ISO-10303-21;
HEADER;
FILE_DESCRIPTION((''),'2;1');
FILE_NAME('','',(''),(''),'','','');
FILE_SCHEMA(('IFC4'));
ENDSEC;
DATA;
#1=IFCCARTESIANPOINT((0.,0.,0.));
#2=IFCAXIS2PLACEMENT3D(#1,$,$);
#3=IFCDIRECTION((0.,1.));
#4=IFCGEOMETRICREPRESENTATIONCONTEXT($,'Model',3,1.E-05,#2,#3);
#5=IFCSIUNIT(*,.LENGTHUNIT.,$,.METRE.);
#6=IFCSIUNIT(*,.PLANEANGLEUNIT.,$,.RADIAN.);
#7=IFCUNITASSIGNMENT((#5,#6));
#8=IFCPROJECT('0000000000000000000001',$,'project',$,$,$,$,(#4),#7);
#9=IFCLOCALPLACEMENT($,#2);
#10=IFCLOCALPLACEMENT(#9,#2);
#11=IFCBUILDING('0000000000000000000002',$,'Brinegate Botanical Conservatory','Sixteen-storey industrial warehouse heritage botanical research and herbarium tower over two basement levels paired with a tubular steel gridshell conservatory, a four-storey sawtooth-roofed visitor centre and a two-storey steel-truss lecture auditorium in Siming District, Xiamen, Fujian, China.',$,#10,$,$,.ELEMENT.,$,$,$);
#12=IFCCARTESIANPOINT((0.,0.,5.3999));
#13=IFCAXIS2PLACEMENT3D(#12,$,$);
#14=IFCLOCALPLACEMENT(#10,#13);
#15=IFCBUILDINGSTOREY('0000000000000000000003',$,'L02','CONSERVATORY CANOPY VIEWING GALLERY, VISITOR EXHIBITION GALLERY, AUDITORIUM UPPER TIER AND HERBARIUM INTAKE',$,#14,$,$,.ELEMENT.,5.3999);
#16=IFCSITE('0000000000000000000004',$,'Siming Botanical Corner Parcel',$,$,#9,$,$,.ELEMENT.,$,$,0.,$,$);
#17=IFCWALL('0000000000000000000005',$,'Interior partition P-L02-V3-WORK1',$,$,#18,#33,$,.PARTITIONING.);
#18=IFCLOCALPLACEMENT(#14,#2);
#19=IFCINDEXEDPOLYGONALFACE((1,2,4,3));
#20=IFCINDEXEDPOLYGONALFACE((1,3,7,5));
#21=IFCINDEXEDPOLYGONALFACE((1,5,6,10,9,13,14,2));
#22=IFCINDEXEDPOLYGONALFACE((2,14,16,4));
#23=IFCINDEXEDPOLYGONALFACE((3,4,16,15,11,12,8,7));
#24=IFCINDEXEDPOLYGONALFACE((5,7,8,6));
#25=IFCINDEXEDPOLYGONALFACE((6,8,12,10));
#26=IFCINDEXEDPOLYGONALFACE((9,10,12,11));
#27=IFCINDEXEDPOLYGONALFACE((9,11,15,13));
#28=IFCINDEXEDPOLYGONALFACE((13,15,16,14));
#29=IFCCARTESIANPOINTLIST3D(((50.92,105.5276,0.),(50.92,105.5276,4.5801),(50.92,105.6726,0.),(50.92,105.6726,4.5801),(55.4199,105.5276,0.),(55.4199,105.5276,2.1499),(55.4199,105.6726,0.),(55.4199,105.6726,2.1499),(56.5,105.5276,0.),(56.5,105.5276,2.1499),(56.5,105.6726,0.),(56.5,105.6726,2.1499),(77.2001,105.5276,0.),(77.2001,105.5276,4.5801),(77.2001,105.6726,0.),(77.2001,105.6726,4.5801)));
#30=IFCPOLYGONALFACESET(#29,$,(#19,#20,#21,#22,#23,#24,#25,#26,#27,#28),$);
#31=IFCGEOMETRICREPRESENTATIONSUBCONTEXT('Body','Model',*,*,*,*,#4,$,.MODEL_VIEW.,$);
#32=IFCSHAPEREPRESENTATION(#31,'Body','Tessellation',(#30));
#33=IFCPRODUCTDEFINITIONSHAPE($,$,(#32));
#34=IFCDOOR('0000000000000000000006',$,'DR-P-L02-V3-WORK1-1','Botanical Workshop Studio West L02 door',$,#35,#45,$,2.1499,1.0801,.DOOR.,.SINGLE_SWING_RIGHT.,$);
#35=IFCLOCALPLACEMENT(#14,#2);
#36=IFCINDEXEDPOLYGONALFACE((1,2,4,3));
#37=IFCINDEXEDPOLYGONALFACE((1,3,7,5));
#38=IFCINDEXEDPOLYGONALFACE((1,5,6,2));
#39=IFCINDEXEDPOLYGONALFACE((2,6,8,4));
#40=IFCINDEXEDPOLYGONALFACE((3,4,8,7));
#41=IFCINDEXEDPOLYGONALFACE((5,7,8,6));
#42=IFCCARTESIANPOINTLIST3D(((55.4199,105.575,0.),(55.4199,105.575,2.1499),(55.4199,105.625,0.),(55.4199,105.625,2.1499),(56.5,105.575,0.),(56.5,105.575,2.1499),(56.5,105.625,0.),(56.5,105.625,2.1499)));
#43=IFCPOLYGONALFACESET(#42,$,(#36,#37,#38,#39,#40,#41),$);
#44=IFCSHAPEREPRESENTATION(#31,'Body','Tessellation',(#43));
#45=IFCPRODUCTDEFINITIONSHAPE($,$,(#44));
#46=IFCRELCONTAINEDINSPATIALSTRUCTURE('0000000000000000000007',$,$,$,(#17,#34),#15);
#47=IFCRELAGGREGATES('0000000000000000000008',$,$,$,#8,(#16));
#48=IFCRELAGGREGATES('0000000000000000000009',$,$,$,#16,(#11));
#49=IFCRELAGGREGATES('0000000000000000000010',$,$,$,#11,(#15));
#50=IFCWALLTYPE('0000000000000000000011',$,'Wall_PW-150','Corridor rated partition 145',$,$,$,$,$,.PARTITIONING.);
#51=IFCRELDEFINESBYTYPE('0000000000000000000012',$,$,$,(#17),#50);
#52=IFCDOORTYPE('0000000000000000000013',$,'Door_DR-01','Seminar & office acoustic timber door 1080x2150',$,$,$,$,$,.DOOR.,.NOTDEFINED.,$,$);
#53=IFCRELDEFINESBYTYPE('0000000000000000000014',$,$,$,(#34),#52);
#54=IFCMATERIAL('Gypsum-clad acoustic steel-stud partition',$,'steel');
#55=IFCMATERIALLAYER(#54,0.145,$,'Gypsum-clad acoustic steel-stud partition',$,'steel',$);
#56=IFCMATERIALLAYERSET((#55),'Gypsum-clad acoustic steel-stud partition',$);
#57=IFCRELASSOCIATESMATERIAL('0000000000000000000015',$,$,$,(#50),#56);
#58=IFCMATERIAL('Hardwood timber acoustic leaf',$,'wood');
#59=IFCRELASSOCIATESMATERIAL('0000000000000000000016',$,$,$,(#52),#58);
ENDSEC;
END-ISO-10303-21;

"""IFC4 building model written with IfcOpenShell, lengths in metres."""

from ifc_helpers import new_model, si_unit, direction, frame, frame_2d, origin, place, context, subcontext, project, spatial, rectangle, extrude, material, layer, layer_set, type_object, element, fill, save


model = new_model("IFC4")

# Units and contexts
model_context = context("Model", 3, precision=1e-05, world=origin(), true_north=direction((0.0, 1.0)))
body_context = subcontext(model_context, "Body", "Model", "MODEL_VIEW")
ifc_project = project(units=[si_unit("LENGTHUNIT", "METRE"), si_unit("PLANEANGLEUNIT", "RADIAN")], contexts=[model_context])

# Site, building, storey
site_placement = place(None, origin())
site = spatial("IfcSite", under=ifc_project, at=site_placement, Name="Siming Botanical Corner Parcel", CompositionType="ELEMENT", RefElevation=0.0)
building_placement = place(site_placement, origin())
building = spatial("IfcBuilding", under=site, at=building_placement, Name="Brinegate Botanical Conservatory", Description="Sixteen-storey industrial warehouse heritage botanical research and herbarium tower over two basement levels paired with a tubular steel gridshell conservatory, a four-storey sawtooth-roofed visitor centre and a two-storey steel-truss lecture auditorium in Siming District, Xiamen, Fujian, China.", CompositionType="ELEMENT")
storey_placement = place(building_placement, frame((0.0, 0.0, 5.3999)))
storey = spatial("IfcBuildingStorey", under=building, at=storey_placement, Name="L02", Description="CONSERVATORY CANOPY VIEWING GALLERY, VISITOR EXHIBITION GALLERY, AUDITORIUM UPPER TIER AND HERBARIUM INTAKE", CompositionType="ELEMENT", Elevation=5.3999)

# Wall, opening, door
ifc_material_1 = material(Name="Gypsum-clad acoustic steel-stud partition", Category="steel")
ifc_layer_1 = layer(ifc_material_1, 0.145, Name="Gypsum-clad acoustic steel-stud partition", Category="steel")
ifc_layer_set_1 = layer_set([ifc_layer_1], Name="Gypsum-clad acoustic steel-stud partition")
wall_type_1 = type_object("IfcWallType", Name="Wall_PW-150", Description="Corridor rated partition 145", PredefinedType="PARTITIONING", material=ifc_layer_set_1)
wall_1_placement = place(storey_placement, frame((50.9199, 105.6001, 0.0), z_axis=(0.0, 0.0, 1.0), x_axis=(1.0, 0.0, 0.0)))
wall_1 = element("IfcWall", 1, at=wall_1_placement, inside=storey, type_object=wall_type_1, Name="Interior partition P-L02-V3-WORK1", PredefinedType="PARTITIONING", context=body_context, shape_type="SweptSolid", body=[
    extrude(rectangle(XDim=26.28, YDim=0.145, at=frame_2d((13.1401, 0.0))), origin(), (0.0, 0.0, 1.0), 4.5801),
])
opening_1_placement = place(wall_1_placement, frame((4.5, 0.0, 0.0)))
opening_1 = element("IfcOpeningElement", 2, at=opening_1_placement, cuts=wall_1, PredefinedType="OPENING", context=body_context, shape_type="SweptSolid", body=[
    extrude(rectangle(XDim=1.0801, YDim=2.1499, at=frame_2d((0.54, 1.075))), frame((0.0, 0.0825, 0.0), z_axis=(0.0, -1.0, 0.0), x_axis=(1.0, 0.0, 0.0)), (0.0, 0.0, 1.0), 0.165),
])
ifc_material_2 = material(Name="Hardwood timber acoustic leaf", Category="wood")
door_type = type_object("IfcDoorType", Name="Door_DR-01", Description="Seminar & office acoustic timber door 1080x2150", OperationType="NOTDEFINED", PredefinedType="DOOR", material=ifc_material_2)
door_placement = place(opening_1_placement, origin())
door = element("IfcDoor", 3, at=door_placement, inside=storey, type_object=door_type, Name="DR-P-L02-V3-WORK1-1", Description="Botanical Workshop Studio West L02 door", OperationType="SINGLE_SWING_RIGHT", OverallHeight=2.1499, OverallWidth=1.0801, PredefinedType="DOOR", context=body_context, shape_type="SweptSolid", body=[
    extrude(rectangle(XDim=1.0801, YDim=2.1499, at=frame_2d((0.54, 1.075))), frame((0.0, 0.0249, 0.0), z_axis=(0.0, -1.0, 0.0), x_axis=(1.0, 0.0, 0.0)), (0.0, 0.0, 1.0), 0.05),
])
fill(opening_1, door)

save(model, "model.ifc")
